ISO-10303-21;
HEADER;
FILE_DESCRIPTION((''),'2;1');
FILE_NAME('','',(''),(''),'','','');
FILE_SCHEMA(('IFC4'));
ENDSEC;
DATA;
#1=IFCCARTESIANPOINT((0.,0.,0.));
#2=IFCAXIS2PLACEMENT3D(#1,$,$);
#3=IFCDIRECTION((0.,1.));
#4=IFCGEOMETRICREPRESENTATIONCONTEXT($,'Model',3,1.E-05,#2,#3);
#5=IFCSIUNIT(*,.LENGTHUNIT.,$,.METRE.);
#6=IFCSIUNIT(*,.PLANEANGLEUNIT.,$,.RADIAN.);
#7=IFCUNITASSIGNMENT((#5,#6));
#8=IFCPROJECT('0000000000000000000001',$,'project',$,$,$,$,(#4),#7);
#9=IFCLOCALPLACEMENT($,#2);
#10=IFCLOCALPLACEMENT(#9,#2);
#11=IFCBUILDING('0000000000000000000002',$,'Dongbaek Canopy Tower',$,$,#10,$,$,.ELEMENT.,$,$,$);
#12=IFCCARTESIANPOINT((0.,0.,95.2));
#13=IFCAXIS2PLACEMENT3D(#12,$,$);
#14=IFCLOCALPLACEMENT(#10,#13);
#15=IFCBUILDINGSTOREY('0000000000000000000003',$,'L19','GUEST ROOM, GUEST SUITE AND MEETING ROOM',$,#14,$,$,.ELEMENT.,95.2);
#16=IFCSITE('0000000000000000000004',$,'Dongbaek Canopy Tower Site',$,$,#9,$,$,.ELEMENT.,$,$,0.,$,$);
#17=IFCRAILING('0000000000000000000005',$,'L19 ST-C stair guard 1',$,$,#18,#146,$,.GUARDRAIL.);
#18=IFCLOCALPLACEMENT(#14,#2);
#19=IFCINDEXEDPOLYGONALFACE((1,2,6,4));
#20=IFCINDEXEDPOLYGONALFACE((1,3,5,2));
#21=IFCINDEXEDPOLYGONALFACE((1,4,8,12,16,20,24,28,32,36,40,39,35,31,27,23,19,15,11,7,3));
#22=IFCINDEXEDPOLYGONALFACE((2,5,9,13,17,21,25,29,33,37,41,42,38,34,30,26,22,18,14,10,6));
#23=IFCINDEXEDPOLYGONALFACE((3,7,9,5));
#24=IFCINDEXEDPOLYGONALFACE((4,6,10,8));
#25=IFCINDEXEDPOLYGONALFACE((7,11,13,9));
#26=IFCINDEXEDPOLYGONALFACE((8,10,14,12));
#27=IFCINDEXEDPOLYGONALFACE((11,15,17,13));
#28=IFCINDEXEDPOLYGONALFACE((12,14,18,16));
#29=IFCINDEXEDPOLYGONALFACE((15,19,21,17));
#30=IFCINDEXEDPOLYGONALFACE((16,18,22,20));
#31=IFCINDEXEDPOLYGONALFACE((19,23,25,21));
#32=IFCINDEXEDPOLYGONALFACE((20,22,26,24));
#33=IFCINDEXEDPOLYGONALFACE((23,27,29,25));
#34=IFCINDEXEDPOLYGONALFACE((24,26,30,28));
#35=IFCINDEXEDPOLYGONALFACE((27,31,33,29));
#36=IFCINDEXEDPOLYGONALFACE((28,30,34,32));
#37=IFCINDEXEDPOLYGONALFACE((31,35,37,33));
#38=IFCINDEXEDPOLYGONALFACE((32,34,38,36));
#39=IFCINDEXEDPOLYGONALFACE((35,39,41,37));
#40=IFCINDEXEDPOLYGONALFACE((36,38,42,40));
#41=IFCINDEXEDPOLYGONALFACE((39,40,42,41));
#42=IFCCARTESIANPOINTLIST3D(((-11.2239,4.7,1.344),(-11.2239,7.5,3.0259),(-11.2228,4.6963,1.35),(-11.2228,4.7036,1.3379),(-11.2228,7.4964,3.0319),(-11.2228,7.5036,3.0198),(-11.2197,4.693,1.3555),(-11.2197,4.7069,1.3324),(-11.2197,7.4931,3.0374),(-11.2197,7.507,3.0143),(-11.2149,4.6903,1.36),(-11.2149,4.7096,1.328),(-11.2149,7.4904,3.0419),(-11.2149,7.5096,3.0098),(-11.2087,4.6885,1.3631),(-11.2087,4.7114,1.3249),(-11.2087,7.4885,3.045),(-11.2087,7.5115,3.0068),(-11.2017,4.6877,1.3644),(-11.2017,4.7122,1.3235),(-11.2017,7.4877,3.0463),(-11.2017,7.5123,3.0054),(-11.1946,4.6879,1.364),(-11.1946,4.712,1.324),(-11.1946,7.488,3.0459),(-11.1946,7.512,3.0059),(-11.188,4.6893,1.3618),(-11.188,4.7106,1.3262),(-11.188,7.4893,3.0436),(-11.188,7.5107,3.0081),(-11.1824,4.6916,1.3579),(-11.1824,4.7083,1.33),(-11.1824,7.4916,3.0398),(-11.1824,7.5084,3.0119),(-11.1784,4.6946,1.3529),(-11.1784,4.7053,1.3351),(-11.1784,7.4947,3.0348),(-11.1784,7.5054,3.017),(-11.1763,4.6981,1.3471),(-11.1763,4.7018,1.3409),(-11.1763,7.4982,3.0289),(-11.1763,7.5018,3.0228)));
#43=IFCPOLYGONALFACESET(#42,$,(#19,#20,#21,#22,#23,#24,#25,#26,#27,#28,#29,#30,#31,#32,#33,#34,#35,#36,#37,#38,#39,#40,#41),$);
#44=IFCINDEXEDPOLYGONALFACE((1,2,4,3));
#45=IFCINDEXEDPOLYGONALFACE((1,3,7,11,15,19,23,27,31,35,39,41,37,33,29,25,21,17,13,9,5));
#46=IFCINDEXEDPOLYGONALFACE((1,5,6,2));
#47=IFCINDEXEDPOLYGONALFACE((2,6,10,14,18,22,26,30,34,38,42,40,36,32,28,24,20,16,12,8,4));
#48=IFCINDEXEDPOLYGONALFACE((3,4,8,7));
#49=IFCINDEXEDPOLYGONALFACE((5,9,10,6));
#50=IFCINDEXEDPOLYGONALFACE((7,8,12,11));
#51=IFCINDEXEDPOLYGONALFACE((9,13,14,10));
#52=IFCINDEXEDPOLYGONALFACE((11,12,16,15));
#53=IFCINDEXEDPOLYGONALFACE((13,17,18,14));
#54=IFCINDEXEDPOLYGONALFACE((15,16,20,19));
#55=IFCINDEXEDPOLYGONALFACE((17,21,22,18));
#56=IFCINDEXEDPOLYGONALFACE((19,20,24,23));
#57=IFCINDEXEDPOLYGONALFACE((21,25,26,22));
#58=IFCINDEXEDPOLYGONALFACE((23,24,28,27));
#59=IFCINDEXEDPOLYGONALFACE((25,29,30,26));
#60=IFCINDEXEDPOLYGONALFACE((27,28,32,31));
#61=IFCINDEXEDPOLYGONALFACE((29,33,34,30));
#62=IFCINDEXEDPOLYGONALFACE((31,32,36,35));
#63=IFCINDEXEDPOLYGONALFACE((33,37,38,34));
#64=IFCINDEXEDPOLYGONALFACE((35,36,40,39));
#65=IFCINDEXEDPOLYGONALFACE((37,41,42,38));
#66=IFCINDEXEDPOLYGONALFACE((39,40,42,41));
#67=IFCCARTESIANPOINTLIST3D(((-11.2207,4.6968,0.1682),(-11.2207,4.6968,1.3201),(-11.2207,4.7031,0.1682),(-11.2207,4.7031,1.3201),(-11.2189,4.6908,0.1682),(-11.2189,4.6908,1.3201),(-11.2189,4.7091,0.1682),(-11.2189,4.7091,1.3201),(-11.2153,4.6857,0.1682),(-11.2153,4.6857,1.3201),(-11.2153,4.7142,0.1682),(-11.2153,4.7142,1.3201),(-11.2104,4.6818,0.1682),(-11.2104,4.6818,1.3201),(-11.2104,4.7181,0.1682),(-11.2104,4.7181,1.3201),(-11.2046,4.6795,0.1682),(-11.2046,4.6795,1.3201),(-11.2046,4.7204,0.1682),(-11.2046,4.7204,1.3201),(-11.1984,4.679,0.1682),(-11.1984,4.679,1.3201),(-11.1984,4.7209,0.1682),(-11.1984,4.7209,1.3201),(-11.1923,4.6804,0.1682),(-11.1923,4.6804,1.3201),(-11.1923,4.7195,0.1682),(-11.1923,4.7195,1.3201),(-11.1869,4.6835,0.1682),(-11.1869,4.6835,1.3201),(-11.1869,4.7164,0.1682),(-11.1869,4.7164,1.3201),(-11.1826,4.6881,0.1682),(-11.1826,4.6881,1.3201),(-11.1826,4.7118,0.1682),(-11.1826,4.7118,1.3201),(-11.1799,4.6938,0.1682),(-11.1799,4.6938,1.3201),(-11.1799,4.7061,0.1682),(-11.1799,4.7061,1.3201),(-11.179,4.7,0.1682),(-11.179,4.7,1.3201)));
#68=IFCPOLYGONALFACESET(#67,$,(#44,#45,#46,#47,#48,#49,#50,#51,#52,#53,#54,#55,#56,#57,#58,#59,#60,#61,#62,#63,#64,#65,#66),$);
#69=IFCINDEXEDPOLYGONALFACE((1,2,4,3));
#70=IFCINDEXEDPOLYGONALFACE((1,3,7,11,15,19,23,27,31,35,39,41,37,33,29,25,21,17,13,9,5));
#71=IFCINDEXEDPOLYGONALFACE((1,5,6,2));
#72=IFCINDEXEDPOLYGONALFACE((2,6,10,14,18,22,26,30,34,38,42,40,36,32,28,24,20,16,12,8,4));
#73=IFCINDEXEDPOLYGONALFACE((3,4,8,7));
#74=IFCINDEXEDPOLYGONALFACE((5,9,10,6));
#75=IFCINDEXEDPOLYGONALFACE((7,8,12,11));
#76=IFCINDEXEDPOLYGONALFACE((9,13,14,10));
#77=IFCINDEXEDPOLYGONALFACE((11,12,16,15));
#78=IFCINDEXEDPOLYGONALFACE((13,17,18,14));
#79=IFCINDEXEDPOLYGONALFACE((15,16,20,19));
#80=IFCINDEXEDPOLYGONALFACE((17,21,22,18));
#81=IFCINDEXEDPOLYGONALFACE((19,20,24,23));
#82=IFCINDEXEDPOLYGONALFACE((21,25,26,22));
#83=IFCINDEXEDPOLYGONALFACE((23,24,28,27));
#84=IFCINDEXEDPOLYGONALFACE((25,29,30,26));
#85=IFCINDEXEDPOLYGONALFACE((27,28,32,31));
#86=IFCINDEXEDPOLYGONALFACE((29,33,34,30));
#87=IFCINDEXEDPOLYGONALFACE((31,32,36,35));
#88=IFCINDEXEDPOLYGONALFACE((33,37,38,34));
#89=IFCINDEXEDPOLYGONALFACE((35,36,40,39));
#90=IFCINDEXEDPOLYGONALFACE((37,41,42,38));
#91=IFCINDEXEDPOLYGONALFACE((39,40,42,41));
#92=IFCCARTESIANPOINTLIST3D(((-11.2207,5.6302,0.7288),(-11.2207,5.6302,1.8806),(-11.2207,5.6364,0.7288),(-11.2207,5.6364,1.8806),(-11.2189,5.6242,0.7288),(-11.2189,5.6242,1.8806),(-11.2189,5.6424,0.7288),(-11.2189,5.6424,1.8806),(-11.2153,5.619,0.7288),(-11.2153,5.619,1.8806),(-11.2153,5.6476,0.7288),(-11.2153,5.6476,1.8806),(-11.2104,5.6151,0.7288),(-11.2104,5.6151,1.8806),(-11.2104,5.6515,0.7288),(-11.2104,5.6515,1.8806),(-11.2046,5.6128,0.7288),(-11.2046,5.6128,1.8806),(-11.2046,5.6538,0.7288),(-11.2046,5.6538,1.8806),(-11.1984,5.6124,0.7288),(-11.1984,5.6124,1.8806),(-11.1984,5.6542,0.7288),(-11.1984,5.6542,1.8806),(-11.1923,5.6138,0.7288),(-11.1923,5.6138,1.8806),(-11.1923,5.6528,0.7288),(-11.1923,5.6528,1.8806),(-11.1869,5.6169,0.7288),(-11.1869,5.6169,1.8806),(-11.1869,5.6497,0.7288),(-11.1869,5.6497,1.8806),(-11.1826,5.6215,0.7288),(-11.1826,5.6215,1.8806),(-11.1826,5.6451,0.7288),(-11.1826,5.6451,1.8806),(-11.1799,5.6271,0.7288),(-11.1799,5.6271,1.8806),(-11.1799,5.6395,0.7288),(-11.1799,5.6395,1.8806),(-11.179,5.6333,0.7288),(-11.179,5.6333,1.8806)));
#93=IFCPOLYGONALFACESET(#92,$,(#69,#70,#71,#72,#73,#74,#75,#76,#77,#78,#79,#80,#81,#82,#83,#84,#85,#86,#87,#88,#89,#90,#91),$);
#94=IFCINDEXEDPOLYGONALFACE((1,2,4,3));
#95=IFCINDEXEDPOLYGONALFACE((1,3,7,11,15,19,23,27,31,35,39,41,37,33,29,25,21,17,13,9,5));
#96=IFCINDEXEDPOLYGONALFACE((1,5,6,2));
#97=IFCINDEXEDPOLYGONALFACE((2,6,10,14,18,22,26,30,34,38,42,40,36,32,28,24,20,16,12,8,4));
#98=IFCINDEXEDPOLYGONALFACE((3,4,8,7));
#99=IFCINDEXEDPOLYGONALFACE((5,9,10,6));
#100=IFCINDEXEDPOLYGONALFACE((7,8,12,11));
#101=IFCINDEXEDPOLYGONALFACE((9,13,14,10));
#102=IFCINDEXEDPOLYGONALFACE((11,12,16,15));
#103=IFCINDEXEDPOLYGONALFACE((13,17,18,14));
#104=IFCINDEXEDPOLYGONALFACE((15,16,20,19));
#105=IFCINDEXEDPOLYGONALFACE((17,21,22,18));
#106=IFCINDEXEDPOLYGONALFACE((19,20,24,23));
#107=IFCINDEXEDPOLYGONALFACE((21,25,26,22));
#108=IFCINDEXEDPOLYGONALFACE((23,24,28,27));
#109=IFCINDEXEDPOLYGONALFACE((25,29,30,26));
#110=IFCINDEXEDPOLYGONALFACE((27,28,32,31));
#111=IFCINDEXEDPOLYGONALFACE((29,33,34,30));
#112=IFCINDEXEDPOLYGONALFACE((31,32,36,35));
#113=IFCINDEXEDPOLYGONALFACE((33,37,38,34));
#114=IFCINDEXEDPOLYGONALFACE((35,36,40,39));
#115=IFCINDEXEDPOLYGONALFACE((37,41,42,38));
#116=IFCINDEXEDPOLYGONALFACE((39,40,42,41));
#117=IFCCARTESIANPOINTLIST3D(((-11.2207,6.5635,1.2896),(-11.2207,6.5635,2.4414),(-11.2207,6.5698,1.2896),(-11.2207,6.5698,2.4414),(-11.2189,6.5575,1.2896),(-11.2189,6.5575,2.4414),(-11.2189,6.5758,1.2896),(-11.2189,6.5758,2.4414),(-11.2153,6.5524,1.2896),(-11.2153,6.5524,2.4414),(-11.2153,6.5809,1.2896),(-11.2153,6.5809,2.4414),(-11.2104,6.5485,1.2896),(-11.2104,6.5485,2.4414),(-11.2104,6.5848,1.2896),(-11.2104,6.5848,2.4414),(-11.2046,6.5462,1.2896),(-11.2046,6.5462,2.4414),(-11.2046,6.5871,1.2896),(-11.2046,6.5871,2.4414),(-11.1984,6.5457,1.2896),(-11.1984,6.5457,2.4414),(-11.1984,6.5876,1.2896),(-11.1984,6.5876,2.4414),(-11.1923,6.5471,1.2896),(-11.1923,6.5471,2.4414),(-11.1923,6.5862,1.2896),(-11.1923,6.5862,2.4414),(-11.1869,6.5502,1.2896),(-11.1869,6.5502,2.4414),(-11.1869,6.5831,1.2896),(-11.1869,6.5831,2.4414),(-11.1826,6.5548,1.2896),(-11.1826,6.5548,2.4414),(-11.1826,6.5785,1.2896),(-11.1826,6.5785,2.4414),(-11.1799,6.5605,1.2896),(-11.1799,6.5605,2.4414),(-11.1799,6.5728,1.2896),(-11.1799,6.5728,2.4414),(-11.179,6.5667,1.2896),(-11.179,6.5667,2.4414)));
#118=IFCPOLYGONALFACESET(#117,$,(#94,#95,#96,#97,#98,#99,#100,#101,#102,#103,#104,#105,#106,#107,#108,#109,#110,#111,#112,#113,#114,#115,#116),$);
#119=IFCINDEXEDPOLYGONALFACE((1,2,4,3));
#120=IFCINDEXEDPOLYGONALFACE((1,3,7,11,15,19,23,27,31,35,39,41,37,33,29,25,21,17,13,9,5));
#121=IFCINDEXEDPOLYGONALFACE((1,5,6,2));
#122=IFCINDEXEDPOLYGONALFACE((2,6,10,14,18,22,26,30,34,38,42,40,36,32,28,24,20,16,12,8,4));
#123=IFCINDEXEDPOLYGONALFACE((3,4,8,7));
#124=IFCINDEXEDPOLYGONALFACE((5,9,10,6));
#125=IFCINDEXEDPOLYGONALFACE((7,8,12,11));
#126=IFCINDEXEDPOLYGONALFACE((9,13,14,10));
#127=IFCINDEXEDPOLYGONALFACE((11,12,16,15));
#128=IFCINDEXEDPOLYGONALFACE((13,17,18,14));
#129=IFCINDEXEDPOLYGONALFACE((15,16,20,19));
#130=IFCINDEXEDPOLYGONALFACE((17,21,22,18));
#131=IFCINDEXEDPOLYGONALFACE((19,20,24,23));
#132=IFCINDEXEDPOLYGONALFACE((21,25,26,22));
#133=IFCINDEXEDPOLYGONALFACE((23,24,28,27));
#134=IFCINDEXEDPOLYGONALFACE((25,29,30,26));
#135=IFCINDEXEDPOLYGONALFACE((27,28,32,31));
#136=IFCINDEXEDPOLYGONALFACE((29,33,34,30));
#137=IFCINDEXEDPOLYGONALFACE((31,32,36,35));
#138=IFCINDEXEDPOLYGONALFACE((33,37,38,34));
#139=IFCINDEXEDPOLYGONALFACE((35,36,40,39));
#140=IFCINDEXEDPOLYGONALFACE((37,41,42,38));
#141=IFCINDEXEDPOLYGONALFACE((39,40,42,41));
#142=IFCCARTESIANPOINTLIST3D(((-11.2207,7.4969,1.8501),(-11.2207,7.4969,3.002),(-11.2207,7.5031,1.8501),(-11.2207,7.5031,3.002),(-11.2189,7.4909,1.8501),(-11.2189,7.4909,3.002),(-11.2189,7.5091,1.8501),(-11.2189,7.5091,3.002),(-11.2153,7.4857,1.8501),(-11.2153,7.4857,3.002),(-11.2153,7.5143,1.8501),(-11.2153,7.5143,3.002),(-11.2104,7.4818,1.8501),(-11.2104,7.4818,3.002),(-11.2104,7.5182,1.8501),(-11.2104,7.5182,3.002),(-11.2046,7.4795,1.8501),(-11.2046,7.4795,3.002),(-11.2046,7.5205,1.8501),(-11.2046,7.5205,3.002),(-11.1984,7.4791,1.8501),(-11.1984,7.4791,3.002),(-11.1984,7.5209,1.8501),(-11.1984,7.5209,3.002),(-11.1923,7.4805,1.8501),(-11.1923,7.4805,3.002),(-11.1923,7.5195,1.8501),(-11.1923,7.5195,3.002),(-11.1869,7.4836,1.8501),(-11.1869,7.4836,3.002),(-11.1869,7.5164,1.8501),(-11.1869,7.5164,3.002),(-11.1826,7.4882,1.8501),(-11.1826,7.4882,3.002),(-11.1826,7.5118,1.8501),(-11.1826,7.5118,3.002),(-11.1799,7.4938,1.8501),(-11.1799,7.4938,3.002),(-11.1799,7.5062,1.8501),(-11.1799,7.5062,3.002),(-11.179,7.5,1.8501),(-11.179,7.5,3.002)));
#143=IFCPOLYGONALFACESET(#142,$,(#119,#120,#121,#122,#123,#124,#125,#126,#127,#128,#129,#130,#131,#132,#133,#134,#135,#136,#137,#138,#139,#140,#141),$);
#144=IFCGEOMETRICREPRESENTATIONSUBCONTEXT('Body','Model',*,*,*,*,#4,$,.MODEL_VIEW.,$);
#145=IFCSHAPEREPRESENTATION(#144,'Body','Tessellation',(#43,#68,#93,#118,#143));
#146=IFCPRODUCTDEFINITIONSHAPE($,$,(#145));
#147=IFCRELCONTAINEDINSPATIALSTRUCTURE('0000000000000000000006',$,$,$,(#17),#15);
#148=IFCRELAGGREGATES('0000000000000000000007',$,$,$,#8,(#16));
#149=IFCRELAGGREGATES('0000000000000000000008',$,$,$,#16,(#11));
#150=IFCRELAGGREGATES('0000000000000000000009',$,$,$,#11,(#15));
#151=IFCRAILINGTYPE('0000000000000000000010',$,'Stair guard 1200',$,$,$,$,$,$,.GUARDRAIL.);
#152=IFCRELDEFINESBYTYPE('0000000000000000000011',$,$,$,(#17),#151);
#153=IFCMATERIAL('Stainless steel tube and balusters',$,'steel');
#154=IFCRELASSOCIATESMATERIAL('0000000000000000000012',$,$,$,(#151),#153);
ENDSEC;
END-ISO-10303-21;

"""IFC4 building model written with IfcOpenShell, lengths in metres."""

from ifc_helpers import new_model, si_unit, direction, frame, origin, origin_2d, place, context, subcontext, project, spatial, circle, extrude, material, type_object, element, save


model = new_model("IFC4")

# Units and contexts
model_context = context("Model", 3, precision=1e-05, world=origin(), true_north=direction((0.0, 1.0)))
body_context = subcontext(model_context, "Body", "Model", "MODEL_VIEW")
ifc_project = project(units=[si_unit("LENGTHUNIT", "METRE"), si_unit("PLANEANGLEUNIT", "RADIAN")], contexts=[model_context])

# Site, building, storey
site_placement = place(None, origin())
site = spatial("IfcSite", under=ifc_project, at=site_placement, Name="Dongbaek Canopy Tower Site", CompositionType="ELEMENT", RefElevation=0.0)
building_placement = place(site_placement, origin())
building = spatial("IfcBuilding", under=site, at=building_placement, Name="Dongbaek Canopy Tower", CompositionType="ELEMENT")
storey_placement = place(building_placement, frame((0.0, 0.0, 95.2)))
storey = spatial("IfcBuildingStorey", under=building, at=storey_placement, Name="L19", Description="GUEST ROOM, GUEST SUITE AND MEETING ROOM", CompositionType="ELEMENT", Elevation=95.2)

# Railing
ifc_material_1 = material(Name="Stainless steel tube and balusters", Category="steel")
railing_type_1 = type_object("IfcRailingType", Name="Stair guard 1200", PredefinedType="GUARDRAIL", material=ifc_material_1)
railing_1_placement = place(storey_placement, frame((-11.2, 4.7, 0.1682)))
element("IfcRailing", 1, at=railing_1_placement, inside=storey, type_object=railing_type_1, Name="L19 ST-C stair guard 1", PredefinedType="GUARDRAIL", context=body_context, shape_type="SweptSolid", body=[
    extrude(circle(Radius=0.0239, at=origin_2d()), frame((0.0, 0.0, 1.1758), z_axis=(0.0, 0.857242, 0.514913), x_axis=(-1.0, 0.0, 0.0)), (0.0, 0.0, 1.0), 3.2664),
    extrude(circle(Radius=0.021, at=origin_2d()), origin(), (0.0, 0.0, 1.0), 1.1519),
    extrude(circle(Radius=0.021, at=origin_2d()), frame((0.0, 0.9333, 0.5605)), (0.0, 0.0, 1.0), 1.1519),
    extrude(circle(Radius=0.021, at=origin_2d()), frame((0.0, 1.8667, 1.1213)), (0.0, 0.0, 1.0), 1.1519),
    extrude(circle(Radius=0.021, at=origin_2d()), frame((0.0, 2.8, 1.6819)), (0.0, 0.0, 1.0), 1.1519),
])

save(model, "model.ifc")
